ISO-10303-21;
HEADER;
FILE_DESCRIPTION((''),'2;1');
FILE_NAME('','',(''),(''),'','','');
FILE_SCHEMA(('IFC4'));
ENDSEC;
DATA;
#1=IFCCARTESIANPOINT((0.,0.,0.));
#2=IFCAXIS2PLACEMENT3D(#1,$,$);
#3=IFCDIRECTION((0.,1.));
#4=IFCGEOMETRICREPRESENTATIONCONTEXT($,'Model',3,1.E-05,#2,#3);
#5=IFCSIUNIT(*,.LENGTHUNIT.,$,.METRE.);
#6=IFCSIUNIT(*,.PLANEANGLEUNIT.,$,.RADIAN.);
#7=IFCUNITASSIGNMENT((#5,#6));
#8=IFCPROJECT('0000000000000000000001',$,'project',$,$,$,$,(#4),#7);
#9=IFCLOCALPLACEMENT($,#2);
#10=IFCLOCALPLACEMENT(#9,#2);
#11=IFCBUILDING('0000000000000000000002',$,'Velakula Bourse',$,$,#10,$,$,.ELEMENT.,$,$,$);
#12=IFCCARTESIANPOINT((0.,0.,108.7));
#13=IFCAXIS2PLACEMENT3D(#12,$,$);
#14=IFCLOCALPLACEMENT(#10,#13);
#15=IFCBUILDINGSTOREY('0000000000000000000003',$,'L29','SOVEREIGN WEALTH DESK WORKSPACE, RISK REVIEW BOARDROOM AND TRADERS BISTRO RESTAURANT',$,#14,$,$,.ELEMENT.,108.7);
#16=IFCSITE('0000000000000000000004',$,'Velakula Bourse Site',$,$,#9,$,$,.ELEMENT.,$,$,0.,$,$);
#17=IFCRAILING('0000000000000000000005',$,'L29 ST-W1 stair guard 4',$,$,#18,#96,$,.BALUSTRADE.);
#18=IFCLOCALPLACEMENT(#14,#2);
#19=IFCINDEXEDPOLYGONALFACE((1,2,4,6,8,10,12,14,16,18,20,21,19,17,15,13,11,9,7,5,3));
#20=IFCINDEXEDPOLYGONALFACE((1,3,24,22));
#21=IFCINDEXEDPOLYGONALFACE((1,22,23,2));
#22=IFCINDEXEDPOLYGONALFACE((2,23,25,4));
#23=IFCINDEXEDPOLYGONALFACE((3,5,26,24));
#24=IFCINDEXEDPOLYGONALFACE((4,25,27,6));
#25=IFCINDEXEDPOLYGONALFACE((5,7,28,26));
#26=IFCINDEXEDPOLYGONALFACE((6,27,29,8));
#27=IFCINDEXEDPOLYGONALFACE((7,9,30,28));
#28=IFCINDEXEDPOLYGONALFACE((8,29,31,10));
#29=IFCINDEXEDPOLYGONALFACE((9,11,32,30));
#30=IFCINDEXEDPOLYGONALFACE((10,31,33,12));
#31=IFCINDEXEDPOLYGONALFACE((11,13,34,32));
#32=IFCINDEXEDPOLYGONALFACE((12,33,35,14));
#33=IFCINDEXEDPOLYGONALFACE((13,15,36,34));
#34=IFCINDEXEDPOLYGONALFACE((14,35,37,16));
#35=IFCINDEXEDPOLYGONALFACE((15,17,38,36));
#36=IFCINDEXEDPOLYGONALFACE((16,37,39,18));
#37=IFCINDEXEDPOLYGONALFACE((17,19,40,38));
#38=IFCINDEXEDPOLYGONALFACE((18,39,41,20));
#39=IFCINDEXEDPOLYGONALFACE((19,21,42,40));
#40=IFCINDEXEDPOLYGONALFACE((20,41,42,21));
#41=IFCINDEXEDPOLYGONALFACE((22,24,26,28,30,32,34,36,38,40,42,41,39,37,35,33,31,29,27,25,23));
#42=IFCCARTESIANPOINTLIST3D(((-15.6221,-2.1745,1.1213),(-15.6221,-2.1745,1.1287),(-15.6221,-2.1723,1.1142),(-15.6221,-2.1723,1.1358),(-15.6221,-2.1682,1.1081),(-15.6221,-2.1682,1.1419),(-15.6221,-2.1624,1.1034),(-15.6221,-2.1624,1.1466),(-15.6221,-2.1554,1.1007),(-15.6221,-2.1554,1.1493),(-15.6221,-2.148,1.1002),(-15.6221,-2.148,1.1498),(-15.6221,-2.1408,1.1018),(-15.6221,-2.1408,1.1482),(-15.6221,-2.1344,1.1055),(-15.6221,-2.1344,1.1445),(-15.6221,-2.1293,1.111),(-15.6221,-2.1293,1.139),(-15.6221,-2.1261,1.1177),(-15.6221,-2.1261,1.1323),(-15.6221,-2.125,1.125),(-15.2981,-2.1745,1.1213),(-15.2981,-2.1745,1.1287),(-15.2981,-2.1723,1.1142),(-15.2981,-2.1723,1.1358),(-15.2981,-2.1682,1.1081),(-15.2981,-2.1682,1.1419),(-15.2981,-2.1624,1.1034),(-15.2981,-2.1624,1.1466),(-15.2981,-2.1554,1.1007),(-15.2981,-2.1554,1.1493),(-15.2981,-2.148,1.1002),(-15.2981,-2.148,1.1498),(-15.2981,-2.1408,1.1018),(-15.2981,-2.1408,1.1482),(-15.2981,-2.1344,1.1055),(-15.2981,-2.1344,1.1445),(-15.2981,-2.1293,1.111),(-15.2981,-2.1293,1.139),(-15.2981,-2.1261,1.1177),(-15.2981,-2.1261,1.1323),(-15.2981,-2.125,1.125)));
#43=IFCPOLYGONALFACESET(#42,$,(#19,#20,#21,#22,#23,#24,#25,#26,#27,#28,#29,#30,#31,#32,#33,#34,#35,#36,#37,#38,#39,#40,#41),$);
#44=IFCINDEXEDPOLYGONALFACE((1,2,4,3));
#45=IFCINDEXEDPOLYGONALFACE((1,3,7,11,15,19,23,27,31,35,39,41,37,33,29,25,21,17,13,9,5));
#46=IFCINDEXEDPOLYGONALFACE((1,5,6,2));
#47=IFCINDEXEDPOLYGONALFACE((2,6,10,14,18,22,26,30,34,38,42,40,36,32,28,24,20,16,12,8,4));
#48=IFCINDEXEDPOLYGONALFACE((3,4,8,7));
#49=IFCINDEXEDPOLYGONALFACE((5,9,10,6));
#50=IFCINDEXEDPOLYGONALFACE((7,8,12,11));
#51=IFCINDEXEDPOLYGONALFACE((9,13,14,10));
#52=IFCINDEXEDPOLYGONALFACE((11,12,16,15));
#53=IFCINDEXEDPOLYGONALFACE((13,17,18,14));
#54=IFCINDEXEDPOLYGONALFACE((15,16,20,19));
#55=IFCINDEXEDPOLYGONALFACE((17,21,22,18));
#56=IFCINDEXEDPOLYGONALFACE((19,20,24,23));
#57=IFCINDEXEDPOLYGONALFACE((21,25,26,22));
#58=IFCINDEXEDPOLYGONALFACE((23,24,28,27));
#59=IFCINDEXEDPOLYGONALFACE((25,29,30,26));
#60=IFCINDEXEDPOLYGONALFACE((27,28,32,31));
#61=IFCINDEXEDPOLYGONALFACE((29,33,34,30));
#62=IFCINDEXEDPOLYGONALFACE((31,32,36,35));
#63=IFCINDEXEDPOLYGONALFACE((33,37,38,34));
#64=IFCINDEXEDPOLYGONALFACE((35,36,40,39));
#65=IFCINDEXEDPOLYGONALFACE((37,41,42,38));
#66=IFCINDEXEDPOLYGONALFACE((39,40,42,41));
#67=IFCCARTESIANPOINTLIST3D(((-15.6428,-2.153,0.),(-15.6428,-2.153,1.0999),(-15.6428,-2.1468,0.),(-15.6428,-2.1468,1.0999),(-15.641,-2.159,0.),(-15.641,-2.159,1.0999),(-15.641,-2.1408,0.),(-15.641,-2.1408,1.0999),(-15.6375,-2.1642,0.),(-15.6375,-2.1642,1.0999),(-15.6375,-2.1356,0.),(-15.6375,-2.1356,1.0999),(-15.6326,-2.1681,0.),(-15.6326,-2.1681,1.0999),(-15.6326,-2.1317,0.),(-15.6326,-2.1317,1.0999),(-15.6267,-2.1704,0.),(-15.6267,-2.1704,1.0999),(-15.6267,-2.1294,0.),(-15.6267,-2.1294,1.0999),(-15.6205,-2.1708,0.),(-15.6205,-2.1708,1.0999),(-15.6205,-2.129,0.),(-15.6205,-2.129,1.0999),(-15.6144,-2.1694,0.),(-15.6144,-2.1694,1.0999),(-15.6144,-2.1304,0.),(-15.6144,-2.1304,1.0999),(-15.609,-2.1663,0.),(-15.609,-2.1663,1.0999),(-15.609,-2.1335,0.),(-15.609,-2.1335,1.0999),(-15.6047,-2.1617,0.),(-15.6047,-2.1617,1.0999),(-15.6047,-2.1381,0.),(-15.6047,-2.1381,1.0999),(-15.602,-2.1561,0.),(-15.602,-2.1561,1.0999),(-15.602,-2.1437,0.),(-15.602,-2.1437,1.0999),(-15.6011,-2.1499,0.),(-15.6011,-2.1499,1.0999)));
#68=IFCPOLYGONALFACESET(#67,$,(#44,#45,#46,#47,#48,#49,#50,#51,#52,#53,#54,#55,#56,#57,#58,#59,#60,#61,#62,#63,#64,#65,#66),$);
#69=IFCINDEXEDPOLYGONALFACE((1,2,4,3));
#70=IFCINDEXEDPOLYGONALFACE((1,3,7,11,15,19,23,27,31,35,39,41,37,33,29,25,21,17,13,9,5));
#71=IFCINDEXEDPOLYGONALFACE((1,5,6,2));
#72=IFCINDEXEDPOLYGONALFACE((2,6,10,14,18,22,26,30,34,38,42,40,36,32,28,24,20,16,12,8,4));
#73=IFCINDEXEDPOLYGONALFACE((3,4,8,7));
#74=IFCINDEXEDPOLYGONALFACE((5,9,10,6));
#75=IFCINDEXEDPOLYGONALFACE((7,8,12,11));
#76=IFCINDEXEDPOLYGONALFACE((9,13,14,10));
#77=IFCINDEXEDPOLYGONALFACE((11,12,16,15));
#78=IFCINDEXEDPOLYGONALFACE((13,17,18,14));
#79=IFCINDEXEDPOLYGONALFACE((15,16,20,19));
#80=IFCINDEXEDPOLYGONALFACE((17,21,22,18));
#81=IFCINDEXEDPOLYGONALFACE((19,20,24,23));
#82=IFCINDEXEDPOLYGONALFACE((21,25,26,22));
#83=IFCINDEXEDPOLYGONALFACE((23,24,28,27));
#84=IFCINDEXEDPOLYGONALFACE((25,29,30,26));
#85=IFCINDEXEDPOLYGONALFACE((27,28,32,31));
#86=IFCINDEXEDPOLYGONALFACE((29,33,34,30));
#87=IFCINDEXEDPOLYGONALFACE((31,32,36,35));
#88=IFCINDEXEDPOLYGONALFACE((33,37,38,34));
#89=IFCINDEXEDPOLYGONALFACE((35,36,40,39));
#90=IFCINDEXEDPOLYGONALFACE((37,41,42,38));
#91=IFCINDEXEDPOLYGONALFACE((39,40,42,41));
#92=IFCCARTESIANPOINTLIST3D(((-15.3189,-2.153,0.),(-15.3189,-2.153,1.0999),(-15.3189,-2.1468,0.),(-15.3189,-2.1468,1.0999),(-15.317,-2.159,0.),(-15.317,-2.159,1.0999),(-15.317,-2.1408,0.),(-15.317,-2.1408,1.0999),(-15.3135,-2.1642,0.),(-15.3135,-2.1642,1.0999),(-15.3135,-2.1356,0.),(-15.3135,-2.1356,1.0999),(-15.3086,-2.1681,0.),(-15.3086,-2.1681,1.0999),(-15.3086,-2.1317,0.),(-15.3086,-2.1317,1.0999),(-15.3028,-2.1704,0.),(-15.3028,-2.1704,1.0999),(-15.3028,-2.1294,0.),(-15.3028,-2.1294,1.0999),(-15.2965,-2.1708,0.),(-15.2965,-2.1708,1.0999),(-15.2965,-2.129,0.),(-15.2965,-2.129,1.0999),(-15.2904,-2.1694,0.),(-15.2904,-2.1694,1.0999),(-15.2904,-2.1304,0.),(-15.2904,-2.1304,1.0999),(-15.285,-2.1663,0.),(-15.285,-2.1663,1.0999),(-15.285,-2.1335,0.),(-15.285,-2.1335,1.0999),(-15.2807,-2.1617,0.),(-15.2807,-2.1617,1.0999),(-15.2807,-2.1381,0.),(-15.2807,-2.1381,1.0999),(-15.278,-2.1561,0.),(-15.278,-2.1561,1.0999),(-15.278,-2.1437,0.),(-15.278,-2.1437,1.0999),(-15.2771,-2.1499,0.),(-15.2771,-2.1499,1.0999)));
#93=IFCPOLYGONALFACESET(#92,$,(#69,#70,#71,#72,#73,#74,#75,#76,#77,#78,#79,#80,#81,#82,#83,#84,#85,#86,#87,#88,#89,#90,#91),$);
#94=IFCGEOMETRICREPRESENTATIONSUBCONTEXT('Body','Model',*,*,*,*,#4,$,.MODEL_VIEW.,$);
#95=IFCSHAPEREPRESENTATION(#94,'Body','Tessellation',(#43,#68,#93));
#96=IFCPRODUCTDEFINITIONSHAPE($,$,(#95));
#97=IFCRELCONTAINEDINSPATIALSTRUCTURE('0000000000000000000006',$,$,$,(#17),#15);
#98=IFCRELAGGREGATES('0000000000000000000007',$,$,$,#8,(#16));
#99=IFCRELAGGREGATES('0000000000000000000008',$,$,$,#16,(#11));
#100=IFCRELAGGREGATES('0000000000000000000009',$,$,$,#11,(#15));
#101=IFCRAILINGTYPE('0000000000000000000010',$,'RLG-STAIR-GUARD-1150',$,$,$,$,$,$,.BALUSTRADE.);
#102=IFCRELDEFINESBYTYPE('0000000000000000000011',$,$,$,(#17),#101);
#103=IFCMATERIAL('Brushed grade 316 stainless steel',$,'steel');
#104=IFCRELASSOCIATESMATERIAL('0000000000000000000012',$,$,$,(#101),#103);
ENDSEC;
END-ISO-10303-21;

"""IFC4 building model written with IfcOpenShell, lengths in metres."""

from ifc_helpers import new_model, si_unit, direction, frame, origin, origin_2d, place, context, subcontext, project, spatial, circle, extrude, material, type_object, element, save


model = new_model("IFC4")

# Units and contexts
model_context = context("Model", 3, precision=1e-05, world=origin(), true_north=direction((0.0, 1.0)))
body_context = subcontext(model_context, "Body", "Model", "MODEL_VIEW")
ifc_project = project(units=[si_unit("LENGTHUNIT", "METRE"), si_unit("PLANEANGLEUNIT", "RADIAN")], contexts=[model_context])

# Site, building, storey
site_placement = place(None, origin())
site = spatial("IfcSite", under=ifc_project, at=site_placement, Name="Velakula Bourse Site", CompositionType="ELEMENT", RefElevation=0.0)
building_placement = place(site_placement, origin())
building = spatial("IfcBuilding", under=site, at=building_placement, Name="Velakula Bourse", CompositionType="ELEMENT")
storey_placement = place(building_placement, frame((0.0, 0.0, 108.7)))
storey = spatial("IfcBuildingStorey", under=building, at=storey_placement, Name="L29", Description="SOVEREIGN WEALTH DESK WORKSPACE, RISK REVIEW BOARDROOM AND TRADERS BISTRO RESTAURANT", CompositionType="ELEMENT", Elevation=108.7)

# Shared definitions
ifc_material_1 = material(Name="Brushed grade 316 stainless steel", Category="steel")

# Railing
railing_type_1 = type_object("IfcRailingType", Name="RLG-STAIR-GUARD-1150", PredefinedType="BALUSTRADE", material=ifc_material_1)
railing_1_placement = place(storey_placement, frame((-15.6221, -2.1499, 0.0)))
element("IfcRailing", 1, at=railing_1_placement, inside=storey, type_object=railing_type_1, Name="L29 ST-W1 stair guard 4", PredefinedType="BALUSTRADE", context=body_context, shape_type="SweptSolid", body=[
    extrude(circle(Radius=0.0249, at=origin_2d()), frame((0.0, 0.0, 1.125), z_axis=(1.0, 0.0, 0.0), x_axis=(0.0, 1.0, 0.0)), (0.0, 0.0, 1.0), 0.324),
    extrude(circle(Radius=0.021, at=origin_2d()), origin(), (0.0, 0.0, 1.0), 1.0999),
    extrude(circle(Radius=0.021, at=origin_2d()), frame((0.324, 0.0, 0.0)), (0.0, 0.0, 1.0), 1.0999),
])

save(model, "model.ifc")
